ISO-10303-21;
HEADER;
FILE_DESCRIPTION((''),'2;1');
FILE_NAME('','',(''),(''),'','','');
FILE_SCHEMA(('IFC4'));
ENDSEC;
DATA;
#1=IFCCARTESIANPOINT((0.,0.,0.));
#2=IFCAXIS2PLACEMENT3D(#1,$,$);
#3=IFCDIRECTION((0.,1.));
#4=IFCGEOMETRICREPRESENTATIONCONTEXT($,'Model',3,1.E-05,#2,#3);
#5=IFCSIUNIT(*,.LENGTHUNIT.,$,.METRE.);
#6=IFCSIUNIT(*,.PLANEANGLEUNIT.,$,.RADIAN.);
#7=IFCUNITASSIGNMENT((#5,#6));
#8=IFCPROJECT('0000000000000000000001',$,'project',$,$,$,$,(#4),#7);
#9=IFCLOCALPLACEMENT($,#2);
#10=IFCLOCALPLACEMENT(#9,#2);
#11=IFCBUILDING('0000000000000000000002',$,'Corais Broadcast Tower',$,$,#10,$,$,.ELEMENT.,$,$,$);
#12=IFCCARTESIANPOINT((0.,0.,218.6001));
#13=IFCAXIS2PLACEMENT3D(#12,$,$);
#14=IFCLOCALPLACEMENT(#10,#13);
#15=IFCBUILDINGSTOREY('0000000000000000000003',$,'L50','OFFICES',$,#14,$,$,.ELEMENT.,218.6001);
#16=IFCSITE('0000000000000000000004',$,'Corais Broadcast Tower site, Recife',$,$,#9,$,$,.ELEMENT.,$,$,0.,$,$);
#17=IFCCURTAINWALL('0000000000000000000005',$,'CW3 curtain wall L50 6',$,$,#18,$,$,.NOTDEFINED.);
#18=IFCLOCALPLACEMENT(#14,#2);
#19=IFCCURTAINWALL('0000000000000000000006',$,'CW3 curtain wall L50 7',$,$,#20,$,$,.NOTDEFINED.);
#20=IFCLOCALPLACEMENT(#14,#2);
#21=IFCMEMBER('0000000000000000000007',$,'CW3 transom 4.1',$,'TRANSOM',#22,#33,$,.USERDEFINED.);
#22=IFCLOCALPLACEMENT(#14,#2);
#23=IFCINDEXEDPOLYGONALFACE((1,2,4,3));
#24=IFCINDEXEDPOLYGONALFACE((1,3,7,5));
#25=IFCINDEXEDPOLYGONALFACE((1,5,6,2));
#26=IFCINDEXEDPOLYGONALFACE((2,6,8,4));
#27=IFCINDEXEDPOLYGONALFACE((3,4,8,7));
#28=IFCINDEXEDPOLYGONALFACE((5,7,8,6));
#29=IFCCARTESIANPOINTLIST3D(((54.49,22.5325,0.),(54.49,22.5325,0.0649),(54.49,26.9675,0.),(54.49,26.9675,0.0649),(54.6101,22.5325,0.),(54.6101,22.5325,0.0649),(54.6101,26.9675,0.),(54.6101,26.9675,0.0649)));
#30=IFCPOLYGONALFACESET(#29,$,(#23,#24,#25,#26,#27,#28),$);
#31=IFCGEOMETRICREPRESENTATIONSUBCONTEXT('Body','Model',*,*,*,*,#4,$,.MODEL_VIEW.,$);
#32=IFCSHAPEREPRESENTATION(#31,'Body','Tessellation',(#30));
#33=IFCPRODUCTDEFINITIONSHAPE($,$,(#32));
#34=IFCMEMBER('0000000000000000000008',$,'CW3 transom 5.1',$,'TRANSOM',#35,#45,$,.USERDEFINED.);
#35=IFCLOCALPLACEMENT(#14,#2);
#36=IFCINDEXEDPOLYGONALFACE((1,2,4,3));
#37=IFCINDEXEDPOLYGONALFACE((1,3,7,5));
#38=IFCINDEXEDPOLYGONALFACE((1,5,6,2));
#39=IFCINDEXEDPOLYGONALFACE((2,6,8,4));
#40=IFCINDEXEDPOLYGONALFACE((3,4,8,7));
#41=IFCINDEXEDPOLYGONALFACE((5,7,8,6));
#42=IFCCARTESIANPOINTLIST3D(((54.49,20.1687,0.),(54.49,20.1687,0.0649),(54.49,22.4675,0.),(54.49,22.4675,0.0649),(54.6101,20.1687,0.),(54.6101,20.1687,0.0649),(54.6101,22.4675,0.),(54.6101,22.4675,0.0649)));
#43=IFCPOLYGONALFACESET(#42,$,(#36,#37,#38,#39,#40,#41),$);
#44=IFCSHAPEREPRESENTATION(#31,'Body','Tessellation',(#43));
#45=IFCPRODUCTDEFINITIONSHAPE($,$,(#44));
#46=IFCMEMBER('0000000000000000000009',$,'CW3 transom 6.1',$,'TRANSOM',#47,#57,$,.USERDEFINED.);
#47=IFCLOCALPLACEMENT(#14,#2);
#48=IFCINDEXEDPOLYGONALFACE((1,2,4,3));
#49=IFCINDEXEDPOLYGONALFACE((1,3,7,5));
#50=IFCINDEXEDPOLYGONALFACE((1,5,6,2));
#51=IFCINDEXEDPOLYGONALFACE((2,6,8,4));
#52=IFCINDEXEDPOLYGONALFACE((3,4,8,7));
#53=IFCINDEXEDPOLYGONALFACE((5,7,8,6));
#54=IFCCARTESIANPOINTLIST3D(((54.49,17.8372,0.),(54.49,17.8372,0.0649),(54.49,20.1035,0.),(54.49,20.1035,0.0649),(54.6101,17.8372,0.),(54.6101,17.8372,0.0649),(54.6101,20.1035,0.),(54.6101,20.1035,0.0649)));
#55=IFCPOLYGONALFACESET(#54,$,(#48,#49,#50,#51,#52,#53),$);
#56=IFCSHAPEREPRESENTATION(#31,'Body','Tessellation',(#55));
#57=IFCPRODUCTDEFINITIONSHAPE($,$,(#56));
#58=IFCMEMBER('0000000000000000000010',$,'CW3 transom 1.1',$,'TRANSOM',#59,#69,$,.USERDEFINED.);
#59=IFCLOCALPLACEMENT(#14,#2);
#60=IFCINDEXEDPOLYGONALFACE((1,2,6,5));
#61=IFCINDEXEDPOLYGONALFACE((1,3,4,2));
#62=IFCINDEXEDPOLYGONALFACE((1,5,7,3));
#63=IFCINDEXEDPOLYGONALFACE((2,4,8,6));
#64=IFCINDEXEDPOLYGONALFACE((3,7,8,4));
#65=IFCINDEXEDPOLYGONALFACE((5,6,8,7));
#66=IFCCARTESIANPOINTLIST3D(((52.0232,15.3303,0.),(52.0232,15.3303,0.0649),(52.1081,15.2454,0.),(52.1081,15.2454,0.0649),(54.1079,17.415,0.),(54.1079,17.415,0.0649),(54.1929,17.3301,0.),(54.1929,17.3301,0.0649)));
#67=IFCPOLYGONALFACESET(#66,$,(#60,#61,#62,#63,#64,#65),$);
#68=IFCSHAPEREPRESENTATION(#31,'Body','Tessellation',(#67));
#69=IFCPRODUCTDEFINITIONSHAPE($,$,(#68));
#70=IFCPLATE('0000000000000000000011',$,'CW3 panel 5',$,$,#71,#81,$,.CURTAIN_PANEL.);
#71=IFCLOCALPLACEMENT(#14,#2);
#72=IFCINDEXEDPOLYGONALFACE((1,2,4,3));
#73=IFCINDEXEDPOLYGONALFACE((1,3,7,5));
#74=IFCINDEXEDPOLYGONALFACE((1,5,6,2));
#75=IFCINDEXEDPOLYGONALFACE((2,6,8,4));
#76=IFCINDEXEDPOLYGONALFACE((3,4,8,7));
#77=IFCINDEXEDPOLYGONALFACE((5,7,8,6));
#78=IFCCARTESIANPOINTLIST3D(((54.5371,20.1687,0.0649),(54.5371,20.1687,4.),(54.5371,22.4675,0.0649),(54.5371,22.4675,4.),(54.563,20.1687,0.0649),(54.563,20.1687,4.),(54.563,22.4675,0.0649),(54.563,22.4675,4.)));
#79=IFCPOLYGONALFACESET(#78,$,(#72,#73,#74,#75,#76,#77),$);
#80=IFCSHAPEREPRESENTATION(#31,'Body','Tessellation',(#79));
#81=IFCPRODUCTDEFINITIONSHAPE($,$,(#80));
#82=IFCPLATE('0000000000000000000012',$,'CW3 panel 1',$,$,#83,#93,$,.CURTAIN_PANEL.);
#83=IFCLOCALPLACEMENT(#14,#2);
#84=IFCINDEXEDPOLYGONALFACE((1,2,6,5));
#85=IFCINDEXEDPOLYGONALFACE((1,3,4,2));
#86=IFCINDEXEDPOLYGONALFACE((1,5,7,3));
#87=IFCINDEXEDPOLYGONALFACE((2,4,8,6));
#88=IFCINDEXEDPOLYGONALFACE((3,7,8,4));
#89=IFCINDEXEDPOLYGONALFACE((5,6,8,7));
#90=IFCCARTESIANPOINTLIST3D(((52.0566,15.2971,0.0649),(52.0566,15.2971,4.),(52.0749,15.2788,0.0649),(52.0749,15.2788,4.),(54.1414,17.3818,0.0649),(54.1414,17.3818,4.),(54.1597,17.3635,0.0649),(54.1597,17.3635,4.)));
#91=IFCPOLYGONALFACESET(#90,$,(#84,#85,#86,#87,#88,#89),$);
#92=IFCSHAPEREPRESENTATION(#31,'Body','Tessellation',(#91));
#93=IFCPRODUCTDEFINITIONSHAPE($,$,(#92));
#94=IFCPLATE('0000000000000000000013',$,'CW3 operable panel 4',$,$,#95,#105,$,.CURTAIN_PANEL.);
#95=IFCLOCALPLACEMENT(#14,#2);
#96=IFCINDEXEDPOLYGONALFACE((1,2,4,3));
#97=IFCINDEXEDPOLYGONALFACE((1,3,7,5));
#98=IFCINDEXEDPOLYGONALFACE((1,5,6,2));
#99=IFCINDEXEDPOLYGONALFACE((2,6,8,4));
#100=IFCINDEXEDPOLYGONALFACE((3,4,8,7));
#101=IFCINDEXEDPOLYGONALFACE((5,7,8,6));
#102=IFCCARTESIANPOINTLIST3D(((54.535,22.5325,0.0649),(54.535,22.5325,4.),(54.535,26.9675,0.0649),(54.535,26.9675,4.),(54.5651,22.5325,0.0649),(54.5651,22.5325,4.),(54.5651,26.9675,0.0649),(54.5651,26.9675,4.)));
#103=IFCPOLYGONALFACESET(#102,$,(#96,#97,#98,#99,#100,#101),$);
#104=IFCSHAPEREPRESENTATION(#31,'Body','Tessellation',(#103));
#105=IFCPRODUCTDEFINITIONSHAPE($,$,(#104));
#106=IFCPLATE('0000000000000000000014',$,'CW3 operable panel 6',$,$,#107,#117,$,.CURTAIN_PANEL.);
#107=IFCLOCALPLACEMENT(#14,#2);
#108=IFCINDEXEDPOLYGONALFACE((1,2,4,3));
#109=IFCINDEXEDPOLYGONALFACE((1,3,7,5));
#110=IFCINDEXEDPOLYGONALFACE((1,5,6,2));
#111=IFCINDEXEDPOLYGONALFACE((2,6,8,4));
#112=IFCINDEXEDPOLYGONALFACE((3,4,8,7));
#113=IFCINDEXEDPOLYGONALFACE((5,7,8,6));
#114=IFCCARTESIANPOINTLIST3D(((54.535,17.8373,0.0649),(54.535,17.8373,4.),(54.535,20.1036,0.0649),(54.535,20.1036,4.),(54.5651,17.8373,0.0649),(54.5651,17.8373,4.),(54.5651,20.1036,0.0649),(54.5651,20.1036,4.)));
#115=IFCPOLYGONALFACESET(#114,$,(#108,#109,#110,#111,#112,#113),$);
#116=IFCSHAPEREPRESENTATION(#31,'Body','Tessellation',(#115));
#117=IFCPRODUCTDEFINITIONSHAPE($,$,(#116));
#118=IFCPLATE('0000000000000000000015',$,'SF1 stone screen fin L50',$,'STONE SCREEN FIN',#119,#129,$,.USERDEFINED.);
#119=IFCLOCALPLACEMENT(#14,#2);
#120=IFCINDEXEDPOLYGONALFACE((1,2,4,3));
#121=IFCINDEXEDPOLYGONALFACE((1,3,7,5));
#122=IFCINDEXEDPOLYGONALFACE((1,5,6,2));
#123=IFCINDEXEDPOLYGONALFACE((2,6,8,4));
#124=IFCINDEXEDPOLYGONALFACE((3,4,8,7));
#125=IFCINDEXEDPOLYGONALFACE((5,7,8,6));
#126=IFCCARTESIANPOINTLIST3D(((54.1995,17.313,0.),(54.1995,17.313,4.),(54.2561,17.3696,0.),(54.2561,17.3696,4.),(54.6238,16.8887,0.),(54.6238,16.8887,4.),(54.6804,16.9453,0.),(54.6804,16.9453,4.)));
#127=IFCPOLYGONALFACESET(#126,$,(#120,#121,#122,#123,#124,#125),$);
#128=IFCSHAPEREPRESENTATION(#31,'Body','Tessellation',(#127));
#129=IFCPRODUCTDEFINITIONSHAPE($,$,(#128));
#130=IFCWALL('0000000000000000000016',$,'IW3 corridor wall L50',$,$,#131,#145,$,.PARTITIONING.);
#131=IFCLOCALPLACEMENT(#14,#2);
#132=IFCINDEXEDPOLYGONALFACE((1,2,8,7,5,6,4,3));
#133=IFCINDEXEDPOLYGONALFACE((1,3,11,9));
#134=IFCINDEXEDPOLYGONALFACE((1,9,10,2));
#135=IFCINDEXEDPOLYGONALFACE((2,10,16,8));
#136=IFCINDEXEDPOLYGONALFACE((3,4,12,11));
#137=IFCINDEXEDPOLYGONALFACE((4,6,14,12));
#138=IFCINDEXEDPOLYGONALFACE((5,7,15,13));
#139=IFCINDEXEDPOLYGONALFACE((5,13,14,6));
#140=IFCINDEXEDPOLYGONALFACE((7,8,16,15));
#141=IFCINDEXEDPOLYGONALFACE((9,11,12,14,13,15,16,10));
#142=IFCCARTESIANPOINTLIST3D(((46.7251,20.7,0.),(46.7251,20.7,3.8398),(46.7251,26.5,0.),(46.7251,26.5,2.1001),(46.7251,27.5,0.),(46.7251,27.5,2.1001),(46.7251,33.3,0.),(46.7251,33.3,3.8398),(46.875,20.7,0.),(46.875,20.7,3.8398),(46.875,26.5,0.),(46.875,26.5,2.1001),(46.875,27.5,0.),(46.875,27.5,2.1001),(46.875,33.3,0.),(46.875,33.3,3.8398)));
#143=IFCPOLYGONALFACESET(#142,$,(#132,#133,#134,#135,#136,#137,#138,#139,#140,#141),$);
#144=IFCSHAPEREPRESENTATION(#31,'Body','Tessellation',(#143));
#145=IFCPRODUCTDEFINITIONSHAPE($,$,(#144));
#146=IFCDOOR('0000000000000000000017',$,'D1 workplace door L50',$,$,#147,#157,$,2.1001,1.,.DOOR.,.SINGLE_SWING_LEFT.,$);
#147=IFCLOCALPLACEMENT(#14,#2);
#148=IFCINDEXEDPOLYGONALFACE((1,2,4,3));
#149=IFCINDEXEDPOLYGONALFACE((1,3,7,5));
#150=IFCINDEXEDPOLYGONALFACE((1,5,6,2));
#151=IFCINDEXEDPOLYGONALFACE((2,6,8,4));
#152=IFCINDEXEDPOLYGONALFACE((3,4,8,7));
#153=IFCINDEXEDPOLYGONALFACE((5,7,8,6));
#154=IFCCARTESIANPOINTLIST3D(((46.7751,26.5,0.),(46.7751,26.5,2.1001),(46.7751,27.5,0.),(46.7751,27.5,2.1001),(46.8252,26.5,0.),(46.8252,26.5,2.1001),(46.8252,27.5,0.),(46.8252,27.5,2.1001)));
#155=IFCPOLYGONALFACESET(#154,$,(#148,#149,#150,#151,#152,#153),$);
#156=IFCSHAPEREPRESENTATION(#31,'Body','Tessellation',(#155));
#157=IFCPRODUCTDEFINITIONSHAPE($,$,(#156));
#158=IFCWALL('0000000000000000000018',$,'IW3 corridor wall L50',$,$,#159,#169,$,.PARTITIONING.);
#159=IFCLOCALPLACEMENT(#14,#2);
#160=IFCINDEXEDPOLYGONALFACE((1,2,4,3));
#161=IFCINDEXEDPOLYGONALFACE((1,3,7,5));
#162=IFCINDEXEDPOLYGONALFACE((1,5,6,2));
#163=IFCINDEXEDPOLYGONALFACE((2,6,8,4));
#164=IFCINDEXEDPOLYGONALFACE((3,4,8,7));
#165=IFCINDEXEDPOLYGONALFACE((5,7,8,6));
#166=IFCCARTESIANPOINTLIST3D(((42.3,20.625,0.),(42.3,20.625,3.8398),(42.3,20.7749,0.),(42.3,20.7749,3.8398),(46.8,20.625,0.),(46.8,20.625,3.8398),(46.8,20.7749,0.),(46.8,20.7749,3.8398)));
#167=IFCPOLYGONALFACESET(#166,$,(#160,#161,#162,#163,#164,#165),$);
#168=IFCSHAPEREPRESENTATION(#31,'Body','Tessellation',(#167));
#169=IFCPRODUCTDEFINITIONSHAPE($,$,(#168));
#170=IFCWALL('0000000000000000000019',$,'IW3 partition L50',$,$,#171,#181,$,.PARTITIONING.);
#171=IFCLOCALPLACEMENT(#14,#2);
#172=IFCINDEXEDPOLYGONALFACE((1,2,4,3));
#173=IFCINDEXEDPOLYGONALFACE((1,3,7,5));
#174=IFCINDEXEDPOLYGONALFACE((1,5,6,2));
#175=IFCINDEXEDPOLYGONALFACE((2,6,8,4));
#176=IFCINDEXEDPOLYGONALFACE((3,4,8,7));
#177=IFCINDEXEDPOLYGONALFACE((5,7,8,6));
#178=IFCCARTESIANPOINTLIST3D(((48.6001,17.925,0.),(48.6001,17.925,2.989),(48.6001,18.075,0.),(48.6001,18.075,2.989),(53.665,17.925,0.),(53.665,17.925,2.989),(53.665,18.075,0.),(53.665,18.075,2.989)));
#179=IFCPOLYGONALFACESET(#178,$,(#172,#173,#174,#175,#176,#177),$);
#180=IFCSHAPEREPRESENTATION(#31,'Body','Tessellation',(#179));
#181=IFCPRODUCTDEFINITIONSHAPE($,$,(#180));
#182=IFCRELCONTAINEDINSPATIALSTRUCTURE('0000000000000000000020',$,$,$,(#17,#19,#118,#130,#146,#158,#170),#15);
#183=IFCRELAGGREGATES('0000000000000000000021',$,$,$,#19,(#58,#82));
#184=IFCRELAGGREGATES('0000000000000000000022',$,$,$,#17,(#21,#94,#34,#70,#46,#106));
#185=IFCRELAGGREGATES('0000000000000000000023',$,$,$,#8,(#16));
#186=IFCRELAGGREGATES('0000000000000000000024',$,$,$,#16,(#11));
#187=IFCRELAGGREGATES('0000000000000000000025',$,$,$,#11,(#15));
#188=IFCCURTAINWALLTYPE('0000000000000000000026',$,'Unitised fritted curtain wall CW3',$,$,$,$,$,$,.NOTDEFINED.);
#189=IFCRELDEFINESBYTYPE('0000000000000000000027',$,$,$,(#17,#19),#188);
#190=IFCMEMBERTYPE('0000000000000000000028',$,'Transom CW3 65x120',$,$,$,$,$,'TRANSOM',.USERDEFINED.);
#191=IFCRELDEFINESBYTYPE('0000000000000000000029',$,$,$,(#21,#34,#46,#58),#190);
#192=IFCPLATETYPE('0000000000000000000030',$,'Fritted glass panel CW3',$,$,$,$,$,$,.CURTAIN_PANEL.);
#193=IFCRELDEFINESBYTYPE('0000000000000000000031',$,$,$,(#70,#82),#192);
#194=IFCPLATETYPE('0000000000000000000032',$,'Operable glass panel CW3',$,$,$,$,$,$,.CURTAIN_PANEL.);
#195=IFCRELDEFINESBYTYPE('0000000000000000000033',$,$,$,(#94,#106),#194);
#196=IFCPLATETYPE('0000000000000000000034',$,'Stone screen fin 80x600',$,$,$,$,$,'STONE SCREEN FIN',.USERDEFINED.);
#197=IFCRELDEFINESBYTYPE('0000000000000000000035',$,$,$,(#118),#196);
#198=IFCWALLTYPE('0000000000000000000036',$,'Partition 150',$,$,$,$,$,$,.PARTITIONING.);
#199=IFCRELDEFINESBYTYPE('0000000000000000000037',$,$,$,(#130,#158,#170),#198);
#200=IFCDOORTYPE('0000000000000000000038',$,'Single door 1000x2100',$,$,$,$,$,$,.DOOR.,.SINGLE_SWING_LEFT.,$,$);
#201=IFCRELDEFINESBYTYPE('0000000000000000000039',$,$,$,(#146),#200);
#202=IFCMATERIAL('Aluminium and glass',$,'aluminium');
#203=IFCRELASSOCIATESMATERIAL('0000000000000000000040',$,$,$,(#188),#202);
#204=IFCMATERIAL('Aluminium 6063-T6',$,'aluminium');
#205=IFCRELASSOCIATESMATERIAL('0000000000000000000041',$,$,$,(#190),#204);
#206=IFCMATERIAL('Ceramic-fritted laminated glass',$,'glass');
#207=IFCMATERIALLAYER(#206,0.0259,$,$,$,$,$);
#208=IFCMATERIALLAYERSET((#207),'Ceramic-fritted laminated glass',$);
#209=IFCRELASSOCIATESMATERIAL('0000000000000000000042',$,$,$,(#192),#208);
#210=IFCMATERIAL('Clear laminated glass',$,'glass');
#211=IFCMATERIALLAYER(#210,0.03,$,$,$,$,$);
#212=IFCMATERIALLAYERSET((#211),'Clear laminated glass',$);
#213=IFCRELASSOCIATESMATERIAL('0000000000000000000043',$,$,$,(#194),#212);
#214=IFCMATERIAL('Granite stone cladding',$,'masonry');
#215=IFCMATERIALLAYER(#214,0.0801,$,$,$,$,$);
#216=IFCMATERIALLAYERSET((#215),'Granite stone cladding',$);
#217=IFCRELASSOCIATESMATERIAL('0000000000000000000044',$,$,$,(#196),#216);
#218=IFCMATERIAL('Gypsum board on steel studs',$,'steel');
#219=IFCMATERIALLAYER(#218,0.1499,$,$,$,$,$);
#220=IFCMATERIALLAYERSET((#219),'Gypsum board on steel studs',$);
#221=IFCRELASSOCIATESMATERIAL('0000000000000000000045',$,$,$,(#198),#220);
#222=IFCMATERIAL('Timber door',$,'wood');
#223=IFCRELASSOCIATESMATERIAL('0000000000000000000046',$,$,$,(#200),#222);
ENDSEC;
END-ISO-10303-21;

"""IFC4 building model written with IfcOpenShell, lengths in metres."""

from ifc_helpers import new_model, si_unit, direction, frame, frame_2d, origin, origin_2d, place, context, subcontext, project, spatial, rectangle, extrude, material, layer, layer_set, material_profile, profile_set, type_object, element, fill, aggregate, save


model = new_model("IFC4")

# Units and contexts
model_context = context("Model", 3, precision=1e-05, world=origin(), true_north=direction((0.0, 1.0)))
body_context = subcontext(model_context, "Body", "Model", "MODEL_VIEW")
ifc_project = project(units=[si_unit("LENGTHUNIT", "METRE"), si_unit("PLANEANGLEUNIT", "RADIAN")], contexts=[model_context])

# Site, building, storey
site_placement = place(None, origin())
site = spatial("IfcSite", under=ifc_project, at=site_placement, Name="Corais Broadcast Tower site, Recife", CompositionType="ELEMENT", RefElevation=0.0)
building_placement = place(site_placement, origin())
building = spatial("IfcBuilding", under=site, at=building_placement, Name="Corais Broadcast Tower", CompositionType="ELEMENT")
storey_placement = place(building_placement, frame((0.0, 0.0, 218.6001)))
storey = spatial("IfcBuildingStorey", under=building, at=storey_placement, Name="L50", Description="OFFICES", CompositionType="ELEMENT", Elevation=218.6001)

# Curtain walls
ifc_material_1 = material(Name="Aluminium and glass", Category="aluminium")
curtain_wall_type = type_object("IfcCurtainWallType", Name="Unitised fritted curtain wall CW3", PredefinedType="NOTDEFINED", material=ifc_material_1)
curtain_wall_1_placement = place(storey_placement, origin())
curtain_wall_1 = element("IfcCurtainWall", 1, at=curtain_wall_1_placement, inside=storey, type_object=curtain_wall_type, Name="CW3 curtain wall L50 6", PredefinedType="NOTDEFINED")
curtain_wall_2_placement = place(storey_placement, origin())
curtain_wall_2 = element("IfcCurtainWall", 2, at=curtain_wall_2_placement, inside=storey, type_object=curtain_wall_type, Name="CW3 curtain wall L50 7", PredefinedType="NOTDEFINED")

# Members
ifc_material_2 = material(Name="Aluminium 6063-T6", Category="aluminium")
ifc_material_profile_1 = material_profile(ifc_material_2, rectangle(XDim=0.1201, YDim=0.0649, at=origin_2d()), Name="Transom CW3 65x120")
ifc_profile_set_1 = profile_set([ifc_material_profile_1], Name="Aluminium 6063-T6")
member_type_1 = type_object("IfcMemberType", Name="Transom CW3 65x120", ElementType="TRANSOM", PredefinedType="USERDEFINED", material=ifc_profile_set_1)
member_1_placement = place(storey_placement, frame((54.55, 26.9675, 0.0325), z_axis=(0.0, -1.0, 0.0), x_axis=(1.0, 0.0, 0.0)))
member_1 = element("IfcMember", 3, at=member_1_placement, type_object=member_type_1, Name="CW3 transom 4.1", ObjectType="TRANSOM", PredefinedType="USERDEFINED", context=body_context, shape_type="SweptSolid", body=[
    extrude(rectangle(XDim=0.1201, YDim=0.0649, at=origin_2d()), origin(), (0.0, 0.0, 1.0), 4.4351),
])
member_2_placement = place(storey_placement, frame((54.55, 22.4675, 0.0325), z_axis=(0.0, -1.0, 0.0), x_axis=(1.0, 0.0, 0.0)))
member_2 = element("IfcMember", 4, at=member_2_placement, type_object=member_type_1, Name="CW3 transom 5.1", ObjectType="TRANSOM", PredefinedType="USERDEFINED", context=body_context, shape_type="SweptSolid", body=[
    extrude(rectangle(XDim=0.1201, YDim=0.0649, at=origin_2d()), origin(), (0.0, 0.0, 1.0), 2.2988),
])
member_3_placement = place(storey_placement, frame((54.55, 20.1035, 0.0325), z_axis=(0.0, -1.0, 0.0), x_axis=(1.0, 0.0, 0.0)))
member_3 = element("IfcMember", 5, at=member_3_placement, type_object=member_type_1, Name="CW3 transom 6.1", ObjectType="TRANSOM", PredefinedType="USERDEFINED", context=body_context, shape_type="SweptSolid", body=[
    extrude(rectangle(XDim=0.1201, YDim=0.0649, at=origin_2d()), origin(), (0.0, 0.0, 1.0), 2.2664),
])
member_4_placement = place(storey_placement, frame((54.1504, 17.3726, 0.0325), z_axis=(-0.707107, -0.707107, 0.0), x_axis=(0.707107, -0.707107, 0.0)))
member_4 = element("IfcMember", 6, at=member_4_placement, type_object=member_type_1, Name="CW3 transom 1.1", ObjectType="TRANSOM", PredefinedType="USERDEFINED", context=body_context, shape_type="SweptSolid", body=[
    extrude(rectangle(XDim=0.1201, YDim=0.0649, at=origin_2d()), origin(), (0.0, 0.0, 1.0), 2.9482),
])

# Plates
ifc_material_3 = material(Name="Ceramic-fritted laminated glass", Category="glass")
ifc_layer_1 = layer(ifc_material_3, 0.0259)
ifc_layer_set_1 = layer_set([ifc_layer_1], Name="Ceramic-fritted laminated glass")
plate_type_1 = type_object("IfcPlateType", Name="Fritted glass panel CW3", PredefinedType="CURTAIN_PANEL", material=ifc_layer_set_1)
plate_1_placement = place(storey_placement, frame((54.55, 21.3181, 0.0649), z_axis=(0.0, 0.0, 1.0), x_axis=(0.0, -1.0, 0.0)))
plate_1 = element("IfcPlate", 7, at=plate_1_placement, type_object=plate_type_1, Name="CW3 panel 5", PredefinedType="CURTAIN_PANEL", context=body_context, shape_type="SweptSolid", body=[
    extrude(rectangle(XDim=2.2988, YDim=0.0259, at=origin_2d()), origin(), (0.0, 0.0, 1.0), 3.9351),
])
plate_2_placement = place(storey_placement, frame((53.1082, 16.3303, 0.0649), z_axis=(0.0, 0.0, 1.0), x_axis=(-0.707107, -0.707107, 0.0)))
plate_2 = element("IfcPlate", 8, at=plate_2_placement, type_object=plate_type_1, Name="CW3 panel 1", PredefinedType="CURTAIN_PANEL", context=body_context, shape_type="SweptSolid", body=[
    extrude(rectangle(XDim=2.9482, YDim=0.0259, at=origin_2d()), origin(), (0.0, 0.0, 1.0), 3.9351),
])
aggregate(curtain_wall_2, [member_4, plate_2])
ifc_material_4 = material(Name="Clear laminated glass", Category="glass")
ifc_layer_2 = layer(ifc_material_4, 0.03)
ifc_layer_set_2 = layer_set([ifc_layer_2], Name="Clear laminated glass")
plate_type_2 = type_object("IfcPlateType", Name="Operable glass panel CW3", PredefinedType="CURTAIN_PANEL", material=ifc_layer_set_2)
plate_3_placement = place(storey_placement, frame((54.55, 24.75, 0.0649), z_axis=(0.0, 0.0, 1.0), x_axis=(0.0, -1.0, 0.0)))
plate_3 = element("IfcPlate", 9, at=plate_3_placement, type_object=plate_type_2, Name="CW3 operable panel 4", PredefinedType="CURTAIN_PANEL", context=body_context, shape_type="SweptSolid", body=[
    extrude(rectangle(XDim=4.4351, YDim=0.03, at=origin_2d()), origin(), (0.0, 0.0, 1.0), 3.9351),
])
plate_4_placement = place(storey_placement, frame((54.55, 18.9705, 0.0649), z_axis=(0.0, 0.0, 1.0), x_axis=(0.0, -1.0, 0.0)))
plate_4 = element("IfcPlate", 10, at=plate_4_placement, type_object=plate_type_2, Name="CW3 operable panel 6", PredefinedType="CURTAIN_PANEL", context=body_context, shape_type="SweptSolid", body=[
    extrude(rectangle(XDim=2.2664, YDim=0.03, at=origin_2d()), origin(), (0.0, 0.0, 1.0), 3.9351),
])
aggregate(curtain_wall_1, [member_1, plate_3, member_2, plate_1, member_3, plate_4])
ifc_material_5 = material(Name="Granite stone cladding", Category="masonry")
ifc_layer_3 = layer(ifc_material_5, 0.0801)
ifc_layer_set_3 = layer_set([ifc_layer_3], Name="Granite stone cladding")
plate_type_3 = type_object("IfcPlateType", Name="Stone screen fin 80x600", ElementType="STONE SCREEN FIN", PredefinedType="USERDEFINED", material=ifc_layer_set_3)
plate_5_placement = place(storey_placement, frame((54.4399, 17.1292, 0.0), z_axis=(0.0, 0.0, 1.0), x_axis=(-0.707107, -0.707107, 0.0)))
element("IfcPlate", 11, at=plate_5_placement, inside=storey, type_object=plate_type_3, Name="SF1 stone screen fin L50", ObjectType="STONE SCREEN FIN", PredefinedType="USERDEFINED", context=body_context, shape_type="SweptSolid", body=[
    extrude(rectangle(XDim=0.0801, YDim=0.6001, at=origin_2d()), origin(), (0.0, 0.0, 1.0), 4.0),
])

# Wall, opening, door
ifc_material_6 = material(Name="Gypsum board on steel studs", Category="steel")
ifc_layer_4 = layer(ifc_material_6, 0.1499)
ifc_layer_set_4 = layer_set([ifc_layer_4], Name="Gypsum board on steel studs")
wall_type = type_object("IfcWallType", Name="Partition 150", PredefinedType="PARTITIONING", material=ifc_layer_set_4)
wall_1_placement = place(storey_placement, frame((46.8, 20.7, 0.0), z_axis=(0.0, 0.0, 1.0), x_axis=(0.0, 1.0, 0.0)))
wall_1 = element("IfcWall", 12, at=wall_1_placement, inside=storey, type_object=wall_type, Name="IW3 corridor wall L50", PredefinedType="PARTITIONING", context=body_context, shape_type="SweptSolid", body=[
    extrude(rectangle(XDim=12.6001, YDim=0.1499, at=frame_2d((6.3, 0.0))), origin(), (0.0, 0.0, 1.0), 3.8398),
])
opening_1_placement = place(wall_1_placement, frame((5.8, 0.0, 0.0)))
opening_1 = element("IfcOpeningElement", 13, at=opening_1_placement, cuts=wall_1, PredefinedType="OPENING", context=body_context, shape_type="SweptSolid", body=[
    extrude(rectangle(XDim=1.0, YDim=2.1001, at=frame_2d((0.5, 1.05))), frame((0.0, 0.085, 0.0), z_axis=(0.0, -1.0, 0.0), x_axis=(1.0, 0.0, 0.0)), (0.0, 0.0, 1.0), 0.1699),
])
ifc_material_7 = material(Name="Timber door", Category="wood")
door_type = type_object("IfcDoorType", Name="Single door 1000x2100", OperationType="SINGLE_SWING_LEFT", PredefinedType="DOOR", material=ifc_material_7)
door_1_placement = place(opening_1_placement, origin())
door_1 = element("IfcDoor", 14, at=door_1_placement, inside=storey, type_object=door_type, Name="D1 workplace door L50", OperationType="SINGLE_SWING_LEFT", OverallHeight=2.1001, OverallWidth=1.0, PredefinedType="DOOR", context=body_context, shape_type="SweptSolid", body=[
    extrude(rectangle(XDim=1.0, YDim=2.1001, at=frame_2d((0.5, 1.05))), frame((0.0, 0.0249, 0.0), z_axis=(0.0, -1.0, 0.0), x_axis=(1.0, 0.0, 0.0)), (0.0, 0.0, 1.0), 0.05),
])
fill(opening_1, door_1)

# Walls
wall_2_placement = place(storey_placement, frame((42.3, 20.7, 0.0), z_axis=(0.0, 0.0, 1.0), x_axis=(1.0, 0.0, 0.0)))
element("IfcWall", 15, at=wall_2_placement, inside=storey, type_object=wall_type, Name="IW3 corridor wall L50", PredefinedType="PARTITIONING", context=body_context, shape_type="SweptSolid", body=[
    extrude(rectangle(XDim=4.5, YDim=0.1499, at=frame_2d((2.25, 0.0))), origin(), (0.0, 0.0, 1.0), 3.8398),
])
for number, where, z_axis, x_axis, name in (
    (16, (48.6001, 18.0, 0.0), (0.0, 0.0, 1.0), (1.0, 0.0, 0.0), "IW3 partition L50"),
):
    element("IfcWall", number, at=place(storey_placement, frame(where, z_axis=z_axis, x_axis=x_axis)), inside=storey, type_object=wall_type, Name=name, PredefinedType="PARTITIONING", context=body_context, shape_type="SweptSolid", body=[
        extrude(rectangle(XDim=5.0649, YDim=0.1499, at=frame_2d((2.5325, 0.0))), origin(), (0.0, 0.0, 1.0), 2.989),
    ])

save(model, "model.ifc")
